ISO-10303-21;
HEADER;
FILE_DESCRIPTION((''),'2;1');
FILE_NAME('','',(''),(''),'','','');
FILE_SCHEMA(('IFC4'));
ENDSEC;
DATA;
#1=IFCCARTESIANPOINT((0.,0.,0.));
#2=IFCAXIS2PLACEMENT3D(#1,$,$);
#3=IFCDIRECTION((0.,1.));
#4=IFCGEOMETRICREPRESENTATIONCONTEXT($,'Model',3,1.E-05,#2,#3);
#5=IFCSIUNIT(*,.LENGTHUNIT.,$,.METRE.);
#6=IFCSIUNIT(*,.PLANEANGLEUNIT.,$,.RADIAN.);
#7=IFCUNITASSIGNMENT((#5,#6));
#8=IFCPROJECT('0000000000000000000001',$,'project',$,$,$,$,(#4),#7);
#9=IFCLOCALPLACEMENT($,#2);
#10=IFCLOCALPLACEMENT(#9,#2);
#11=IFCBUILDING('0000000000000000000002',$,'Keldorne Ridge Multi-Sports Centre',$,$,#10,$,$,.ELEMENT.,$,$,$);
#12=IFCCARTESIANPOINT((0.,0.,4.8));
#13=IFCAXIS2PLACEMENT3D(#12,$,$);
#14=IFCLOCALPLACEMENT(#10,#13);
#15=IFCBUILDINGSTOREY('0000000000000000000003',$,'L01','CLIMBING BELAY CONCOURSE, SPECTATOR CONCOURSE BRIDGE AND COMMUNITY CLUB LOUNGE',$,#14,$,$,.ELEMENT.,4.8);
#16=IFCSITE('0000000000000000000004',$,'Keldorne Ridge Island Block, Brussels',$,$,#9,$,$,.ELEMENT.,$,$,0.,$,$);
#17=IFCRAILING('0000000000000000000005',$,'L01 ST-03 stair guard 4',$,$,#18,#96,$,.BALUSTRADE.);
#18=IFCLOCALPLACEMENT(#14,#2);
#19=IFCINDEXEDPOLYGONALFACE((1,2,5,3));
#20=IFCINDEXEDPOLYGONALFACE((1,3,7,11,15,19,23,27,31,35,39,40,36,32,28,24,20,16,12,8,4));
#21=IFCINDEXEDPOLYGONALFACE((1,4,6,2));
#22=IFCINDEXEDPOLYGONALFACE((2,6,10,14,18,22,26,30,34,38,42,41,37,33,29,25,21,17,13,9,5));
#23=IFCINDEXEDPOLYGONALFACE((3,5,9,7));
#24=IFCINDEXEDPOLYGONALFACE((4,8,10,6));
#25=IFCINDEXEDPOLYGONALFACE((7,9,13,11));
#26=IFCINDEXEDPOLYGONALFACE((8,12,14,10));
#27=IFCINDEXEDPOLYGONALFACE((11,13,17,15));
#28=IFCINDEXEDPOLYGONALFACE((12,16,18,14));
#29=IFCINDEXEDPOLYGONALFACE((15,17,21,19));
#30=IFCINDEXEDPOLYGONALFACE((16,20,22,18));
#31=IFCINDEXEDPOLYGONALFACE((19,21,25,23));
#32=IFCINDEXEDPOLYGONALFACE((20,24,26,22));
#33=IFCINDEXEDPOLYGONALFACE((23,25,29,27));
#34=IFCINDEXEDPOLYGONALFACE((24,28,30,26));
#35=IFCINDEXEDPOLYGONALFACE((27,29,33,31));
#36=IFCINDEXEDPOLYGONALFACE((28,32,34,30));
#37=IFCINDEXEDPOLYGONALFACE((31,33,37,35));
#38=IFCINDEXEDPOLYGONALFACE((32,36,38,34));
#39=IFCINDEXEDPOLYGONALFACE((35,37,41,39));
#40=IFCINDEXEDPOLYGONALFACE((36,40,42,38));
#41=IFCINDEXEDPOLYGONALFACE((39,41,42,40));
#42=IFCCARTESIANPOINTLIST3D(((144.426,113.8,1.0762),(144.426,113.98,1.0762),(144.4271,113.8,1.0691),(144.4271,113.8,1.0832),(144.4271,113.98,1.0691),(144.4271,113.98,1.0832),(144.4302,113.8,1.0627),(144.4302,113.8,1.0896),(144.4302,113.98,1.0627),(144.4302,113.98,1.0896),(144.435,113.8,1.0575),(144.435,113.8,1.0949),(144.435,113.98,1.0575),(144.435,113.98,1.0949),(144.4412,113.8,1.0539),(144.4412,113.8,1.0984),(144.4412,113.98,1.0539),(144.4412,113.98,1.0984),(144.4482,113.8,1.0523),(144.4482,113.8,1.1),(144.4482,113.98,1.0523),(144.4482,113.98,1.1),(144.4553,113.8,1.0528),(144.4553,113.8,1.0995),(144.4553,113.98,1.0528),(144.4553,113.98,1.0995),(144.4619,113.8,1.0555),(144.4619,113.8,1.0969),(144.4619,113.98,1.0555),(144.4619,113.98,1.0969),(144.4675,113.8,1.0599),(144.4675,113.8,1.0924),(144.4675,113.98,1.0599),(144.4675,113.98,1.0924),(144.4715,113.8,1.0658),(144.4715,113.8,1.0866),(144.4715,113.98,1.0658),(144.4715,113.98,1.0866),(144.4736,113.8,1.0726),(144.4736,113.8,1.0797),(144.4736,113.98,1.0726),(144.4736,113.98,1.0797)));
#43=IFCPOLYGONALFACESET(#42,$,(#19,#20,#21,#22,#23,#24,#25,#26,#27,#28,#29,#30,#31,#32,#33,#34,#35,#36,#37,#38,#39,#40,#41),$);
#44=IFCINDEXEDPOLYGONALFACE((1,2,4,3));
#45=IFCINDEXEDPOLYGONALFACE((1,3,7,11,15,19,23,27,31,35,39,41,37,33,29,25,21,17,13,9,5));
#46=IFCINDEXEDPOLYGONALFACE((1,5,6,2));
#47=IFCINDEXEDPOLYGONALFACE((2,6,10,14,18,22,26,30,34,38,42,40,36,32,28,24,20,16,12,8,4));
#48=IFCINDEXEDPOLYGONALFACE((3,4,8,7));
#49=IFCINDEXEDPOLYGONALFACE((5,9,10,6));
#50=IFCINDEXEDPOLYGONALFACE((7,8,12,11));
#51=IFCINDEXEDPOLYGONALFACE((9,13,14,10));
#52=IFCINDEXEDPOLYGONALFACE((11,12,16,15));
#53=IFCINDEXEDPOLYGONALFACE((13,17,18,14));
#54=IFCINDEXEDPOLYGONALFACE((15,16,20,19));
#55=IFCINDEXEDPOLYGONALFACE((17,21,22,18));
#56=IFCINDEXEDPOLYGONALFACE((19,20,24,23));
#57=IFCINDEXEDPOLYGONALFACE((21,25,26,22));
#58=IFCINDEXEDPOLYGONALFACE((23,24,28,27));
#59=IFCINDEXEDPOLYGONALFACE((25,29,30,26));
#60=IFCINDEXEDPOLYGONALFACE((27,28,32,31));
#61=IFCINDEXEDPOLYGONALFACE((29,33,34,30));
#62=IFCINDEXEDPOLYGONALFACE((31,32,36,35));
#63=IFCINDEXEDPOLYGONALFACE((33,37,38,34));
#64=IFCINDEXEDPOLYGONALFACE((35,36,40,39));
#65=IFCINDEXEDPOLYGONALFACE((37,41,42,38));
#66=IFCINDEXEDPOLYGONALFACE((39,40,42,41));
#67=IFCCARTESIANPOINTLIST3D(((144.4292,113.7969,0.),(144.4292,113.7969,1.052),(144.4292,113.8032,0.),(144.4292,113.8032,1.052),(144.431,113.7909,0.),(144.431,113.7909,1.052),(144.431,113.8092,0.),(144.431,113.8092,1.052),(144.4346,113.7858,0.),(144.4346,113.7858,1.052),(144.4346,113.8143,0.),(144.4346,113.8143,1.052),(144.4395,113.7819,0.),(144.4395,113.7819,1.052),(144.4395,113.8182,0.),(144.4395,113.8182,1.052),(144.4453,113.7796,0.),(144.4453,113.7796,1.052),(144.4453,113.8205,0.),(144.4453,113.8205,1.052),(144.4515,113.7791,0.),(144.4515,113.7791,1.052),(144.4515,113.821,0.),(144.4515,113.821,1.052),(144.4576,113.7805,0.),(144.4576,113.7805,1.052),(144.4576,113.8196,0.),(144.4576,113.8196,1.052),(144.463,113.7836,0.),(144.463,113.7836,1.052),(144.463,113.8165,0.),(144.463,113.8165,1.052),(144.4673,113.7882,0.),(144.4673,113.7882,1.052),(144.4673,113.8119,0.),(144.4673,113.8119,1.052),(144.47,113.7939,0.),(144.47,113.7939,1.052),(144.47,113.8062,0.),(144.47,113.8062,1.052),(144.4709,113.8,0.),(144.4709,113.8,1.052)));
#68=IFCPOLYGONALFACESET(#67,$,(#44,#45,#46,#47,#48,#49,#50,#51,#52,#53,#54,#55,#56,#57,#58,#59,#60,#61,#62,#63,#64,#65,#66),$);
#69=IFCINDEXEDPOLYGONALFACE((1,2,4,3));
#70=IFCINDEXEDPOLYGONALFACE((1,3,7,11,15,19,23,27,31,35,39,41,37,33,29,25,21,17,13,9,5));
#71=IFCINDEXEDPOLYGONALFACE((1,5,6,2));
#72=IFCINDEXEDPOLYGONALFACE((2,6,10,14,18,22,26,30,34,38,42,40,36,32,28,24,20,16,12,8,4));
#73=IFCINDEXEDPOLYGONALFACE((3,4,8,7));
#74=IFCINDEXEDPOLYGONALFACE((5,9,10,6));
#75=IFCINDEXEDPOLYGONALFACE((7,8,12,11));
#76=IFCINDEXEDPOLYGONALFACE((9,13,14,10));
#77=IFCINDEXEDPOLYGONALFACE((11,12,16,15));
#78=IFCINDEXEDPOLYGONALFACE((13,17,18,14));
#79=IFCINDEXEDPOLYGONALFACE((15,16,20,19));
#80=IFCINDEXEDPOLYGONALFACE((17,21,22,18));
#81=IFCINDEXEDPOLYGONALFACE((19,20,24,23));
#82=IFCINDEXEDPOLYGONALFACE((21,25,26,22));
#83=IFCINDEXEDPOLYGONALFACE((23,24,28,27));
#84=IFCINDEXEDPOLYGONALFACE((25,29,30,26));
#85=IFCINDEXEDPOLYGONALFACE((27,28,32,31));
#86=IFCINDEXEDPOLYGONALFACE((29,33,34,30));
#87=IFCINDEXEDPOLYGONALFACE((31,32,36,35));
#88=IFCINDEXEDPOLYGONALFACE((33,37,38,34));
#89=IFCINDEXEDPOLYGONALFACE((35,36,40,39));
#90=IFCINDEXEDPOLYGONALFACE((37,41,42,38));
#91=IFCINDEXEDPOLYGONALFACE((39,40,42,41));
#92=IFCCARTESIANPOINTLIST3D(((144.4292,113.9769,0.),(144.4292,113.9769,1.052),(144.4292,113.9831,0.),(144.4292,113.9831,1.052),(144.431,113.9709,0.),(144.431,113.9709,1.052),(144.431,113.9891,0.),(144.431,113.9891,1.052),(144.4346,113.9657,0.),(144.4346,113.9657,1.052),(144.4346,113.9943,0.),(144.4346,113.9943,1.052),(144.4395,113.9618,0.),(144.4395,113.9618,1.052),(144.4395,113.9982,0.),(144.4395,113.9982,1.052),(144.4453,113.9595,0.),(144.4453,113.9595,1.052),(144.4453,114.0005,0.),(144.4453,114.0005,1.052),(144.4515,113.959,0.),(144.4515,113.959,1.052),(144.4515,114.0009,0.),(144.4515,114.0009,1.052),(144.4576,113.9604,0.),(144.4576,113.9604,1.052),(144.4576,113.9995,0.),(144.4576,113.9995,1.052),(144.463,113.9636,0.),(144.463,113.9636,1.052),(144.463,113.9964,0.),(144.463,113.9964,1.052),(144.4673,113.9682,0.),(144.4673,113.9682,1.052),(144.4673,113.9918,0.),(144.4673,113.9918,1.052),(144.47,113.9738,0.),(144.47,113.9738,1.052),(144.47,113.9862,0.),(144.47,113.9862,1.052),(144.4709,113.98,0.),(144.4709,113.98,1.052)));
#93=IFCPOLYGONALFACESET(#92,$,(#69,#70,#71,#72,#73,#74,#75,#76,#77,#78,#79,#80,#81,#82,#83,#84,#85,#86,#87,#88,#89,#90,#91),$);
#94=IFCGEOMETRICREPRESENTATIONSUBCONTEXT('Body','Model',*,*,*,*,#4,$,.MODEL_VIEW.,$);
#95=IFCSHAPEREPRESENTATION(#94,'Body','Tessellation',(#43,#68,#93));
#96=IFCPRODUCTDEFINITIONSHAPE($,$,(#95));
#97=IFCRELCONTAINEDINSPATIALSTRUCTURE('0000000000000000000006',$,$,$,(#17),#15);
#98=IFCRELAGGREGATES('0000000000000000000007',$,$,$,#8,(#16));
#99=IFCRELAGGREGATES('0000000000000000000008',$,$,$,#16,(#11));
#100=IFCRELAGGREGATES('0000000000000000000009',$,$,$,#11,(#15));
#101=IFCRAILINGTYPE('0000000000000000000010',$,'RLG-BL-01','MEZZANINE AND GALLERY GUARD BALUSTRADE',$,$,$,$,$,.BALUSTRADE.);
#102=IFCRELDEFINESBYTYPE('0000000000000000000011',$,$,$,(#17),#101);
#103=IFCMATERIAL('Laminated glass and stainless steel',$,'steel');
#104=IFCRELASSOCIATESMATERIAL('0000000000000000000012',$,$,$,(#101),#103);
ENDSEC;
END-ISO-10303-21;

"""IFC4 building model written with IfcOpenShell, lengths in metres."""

from ifc_helpers import new_model, si_unit, direction, frame, origin, origin_2d, place, context, subcontext, project, spatial, circle, extrude, material, type_object, element, save


model = new_model("IFC4")

# Units and contexts
model_context = context("Model", 3, precision=1e-05, world=origin(), true_north=direction((0.0, 1.0)))
body_context = subcontext(model_context, "Body", "Model", "MODEL_VIEW")
ifc_project = project(units=[si_unit("LENGTHUNIT", "METRE"), si_unit("PLANEANGLEUNIT", "RADIAN")], contexts=[model_context])

# Site, building, storey
site_placement = place(None, origin())
site = spatial("IfcSite", under=ifc_project, at=site_placement, Name="Keldorne Ridge Island Block, Brussels", CompositionType="ELEMENT", RefElevation=0.0)
building_placement = place(site_placement, origin())
building = spatial("IfcBuilding", under=site, at=building_placement, Name="Keldorne Ridge Multi-Sports Centre", CompositionType="ELEMENT")
storey_placement = place(building_placement, frame((0.0, 0.0, 4.8)))
storey = spatial("IfcBuildingStorey", under=building, at=storey_placement, Name="L01", Description="CLIMBING BELAY CONCOURSE, SPECTATOR CONCOURSE BRIDGE AND COMMUNITY CLUB LOUNGE", CompositionType="ELEMENT", Elevation=4.8)

# Railing
ifc_material_1 = material(Name="Laminated glass and stainless steel", Category="steel")
railing_type = type_object("IfcRailingType", Name="RLG-BL-01", Description="MEZZANINE AND GALLERY GUARD BALUSTRADE", PredefinedType="BALUSTRADE", material=ifc_material_1)
railing_placement = place(storey_placement, frame((144.45, 113.8, 0.0)))
element("IfcRailing", 1, at=railing_placement, inside=storey, type_object=railing_type, Name="L01 ST-03 stair guard 4", PredefinedType="BALUSTRADE", context=body_context, shape_type="SweptSolid", body=[
    extrude(circle(Radius=0.0239, at=origin_2d()), frame((0.0, 0.0, 1.0762), z_axis=(0.0, 1.0, 0.0), x_axis=(-1.0, 0.0, 0.0)), (0.0, 0.0, 1.0), 0.1799),
    extrude(circle(Radius=0.021, at=origin_2d()), origin(), (0.0, 0.0, 1.0), 1.052),
    extrude(circle(Radius=0.021, at=origin_2d()), frame((0.0, 0.1799, 0.0)), (0.0, 0.0, 1.0), 1.052),
])

save(model, "model.ifc")
